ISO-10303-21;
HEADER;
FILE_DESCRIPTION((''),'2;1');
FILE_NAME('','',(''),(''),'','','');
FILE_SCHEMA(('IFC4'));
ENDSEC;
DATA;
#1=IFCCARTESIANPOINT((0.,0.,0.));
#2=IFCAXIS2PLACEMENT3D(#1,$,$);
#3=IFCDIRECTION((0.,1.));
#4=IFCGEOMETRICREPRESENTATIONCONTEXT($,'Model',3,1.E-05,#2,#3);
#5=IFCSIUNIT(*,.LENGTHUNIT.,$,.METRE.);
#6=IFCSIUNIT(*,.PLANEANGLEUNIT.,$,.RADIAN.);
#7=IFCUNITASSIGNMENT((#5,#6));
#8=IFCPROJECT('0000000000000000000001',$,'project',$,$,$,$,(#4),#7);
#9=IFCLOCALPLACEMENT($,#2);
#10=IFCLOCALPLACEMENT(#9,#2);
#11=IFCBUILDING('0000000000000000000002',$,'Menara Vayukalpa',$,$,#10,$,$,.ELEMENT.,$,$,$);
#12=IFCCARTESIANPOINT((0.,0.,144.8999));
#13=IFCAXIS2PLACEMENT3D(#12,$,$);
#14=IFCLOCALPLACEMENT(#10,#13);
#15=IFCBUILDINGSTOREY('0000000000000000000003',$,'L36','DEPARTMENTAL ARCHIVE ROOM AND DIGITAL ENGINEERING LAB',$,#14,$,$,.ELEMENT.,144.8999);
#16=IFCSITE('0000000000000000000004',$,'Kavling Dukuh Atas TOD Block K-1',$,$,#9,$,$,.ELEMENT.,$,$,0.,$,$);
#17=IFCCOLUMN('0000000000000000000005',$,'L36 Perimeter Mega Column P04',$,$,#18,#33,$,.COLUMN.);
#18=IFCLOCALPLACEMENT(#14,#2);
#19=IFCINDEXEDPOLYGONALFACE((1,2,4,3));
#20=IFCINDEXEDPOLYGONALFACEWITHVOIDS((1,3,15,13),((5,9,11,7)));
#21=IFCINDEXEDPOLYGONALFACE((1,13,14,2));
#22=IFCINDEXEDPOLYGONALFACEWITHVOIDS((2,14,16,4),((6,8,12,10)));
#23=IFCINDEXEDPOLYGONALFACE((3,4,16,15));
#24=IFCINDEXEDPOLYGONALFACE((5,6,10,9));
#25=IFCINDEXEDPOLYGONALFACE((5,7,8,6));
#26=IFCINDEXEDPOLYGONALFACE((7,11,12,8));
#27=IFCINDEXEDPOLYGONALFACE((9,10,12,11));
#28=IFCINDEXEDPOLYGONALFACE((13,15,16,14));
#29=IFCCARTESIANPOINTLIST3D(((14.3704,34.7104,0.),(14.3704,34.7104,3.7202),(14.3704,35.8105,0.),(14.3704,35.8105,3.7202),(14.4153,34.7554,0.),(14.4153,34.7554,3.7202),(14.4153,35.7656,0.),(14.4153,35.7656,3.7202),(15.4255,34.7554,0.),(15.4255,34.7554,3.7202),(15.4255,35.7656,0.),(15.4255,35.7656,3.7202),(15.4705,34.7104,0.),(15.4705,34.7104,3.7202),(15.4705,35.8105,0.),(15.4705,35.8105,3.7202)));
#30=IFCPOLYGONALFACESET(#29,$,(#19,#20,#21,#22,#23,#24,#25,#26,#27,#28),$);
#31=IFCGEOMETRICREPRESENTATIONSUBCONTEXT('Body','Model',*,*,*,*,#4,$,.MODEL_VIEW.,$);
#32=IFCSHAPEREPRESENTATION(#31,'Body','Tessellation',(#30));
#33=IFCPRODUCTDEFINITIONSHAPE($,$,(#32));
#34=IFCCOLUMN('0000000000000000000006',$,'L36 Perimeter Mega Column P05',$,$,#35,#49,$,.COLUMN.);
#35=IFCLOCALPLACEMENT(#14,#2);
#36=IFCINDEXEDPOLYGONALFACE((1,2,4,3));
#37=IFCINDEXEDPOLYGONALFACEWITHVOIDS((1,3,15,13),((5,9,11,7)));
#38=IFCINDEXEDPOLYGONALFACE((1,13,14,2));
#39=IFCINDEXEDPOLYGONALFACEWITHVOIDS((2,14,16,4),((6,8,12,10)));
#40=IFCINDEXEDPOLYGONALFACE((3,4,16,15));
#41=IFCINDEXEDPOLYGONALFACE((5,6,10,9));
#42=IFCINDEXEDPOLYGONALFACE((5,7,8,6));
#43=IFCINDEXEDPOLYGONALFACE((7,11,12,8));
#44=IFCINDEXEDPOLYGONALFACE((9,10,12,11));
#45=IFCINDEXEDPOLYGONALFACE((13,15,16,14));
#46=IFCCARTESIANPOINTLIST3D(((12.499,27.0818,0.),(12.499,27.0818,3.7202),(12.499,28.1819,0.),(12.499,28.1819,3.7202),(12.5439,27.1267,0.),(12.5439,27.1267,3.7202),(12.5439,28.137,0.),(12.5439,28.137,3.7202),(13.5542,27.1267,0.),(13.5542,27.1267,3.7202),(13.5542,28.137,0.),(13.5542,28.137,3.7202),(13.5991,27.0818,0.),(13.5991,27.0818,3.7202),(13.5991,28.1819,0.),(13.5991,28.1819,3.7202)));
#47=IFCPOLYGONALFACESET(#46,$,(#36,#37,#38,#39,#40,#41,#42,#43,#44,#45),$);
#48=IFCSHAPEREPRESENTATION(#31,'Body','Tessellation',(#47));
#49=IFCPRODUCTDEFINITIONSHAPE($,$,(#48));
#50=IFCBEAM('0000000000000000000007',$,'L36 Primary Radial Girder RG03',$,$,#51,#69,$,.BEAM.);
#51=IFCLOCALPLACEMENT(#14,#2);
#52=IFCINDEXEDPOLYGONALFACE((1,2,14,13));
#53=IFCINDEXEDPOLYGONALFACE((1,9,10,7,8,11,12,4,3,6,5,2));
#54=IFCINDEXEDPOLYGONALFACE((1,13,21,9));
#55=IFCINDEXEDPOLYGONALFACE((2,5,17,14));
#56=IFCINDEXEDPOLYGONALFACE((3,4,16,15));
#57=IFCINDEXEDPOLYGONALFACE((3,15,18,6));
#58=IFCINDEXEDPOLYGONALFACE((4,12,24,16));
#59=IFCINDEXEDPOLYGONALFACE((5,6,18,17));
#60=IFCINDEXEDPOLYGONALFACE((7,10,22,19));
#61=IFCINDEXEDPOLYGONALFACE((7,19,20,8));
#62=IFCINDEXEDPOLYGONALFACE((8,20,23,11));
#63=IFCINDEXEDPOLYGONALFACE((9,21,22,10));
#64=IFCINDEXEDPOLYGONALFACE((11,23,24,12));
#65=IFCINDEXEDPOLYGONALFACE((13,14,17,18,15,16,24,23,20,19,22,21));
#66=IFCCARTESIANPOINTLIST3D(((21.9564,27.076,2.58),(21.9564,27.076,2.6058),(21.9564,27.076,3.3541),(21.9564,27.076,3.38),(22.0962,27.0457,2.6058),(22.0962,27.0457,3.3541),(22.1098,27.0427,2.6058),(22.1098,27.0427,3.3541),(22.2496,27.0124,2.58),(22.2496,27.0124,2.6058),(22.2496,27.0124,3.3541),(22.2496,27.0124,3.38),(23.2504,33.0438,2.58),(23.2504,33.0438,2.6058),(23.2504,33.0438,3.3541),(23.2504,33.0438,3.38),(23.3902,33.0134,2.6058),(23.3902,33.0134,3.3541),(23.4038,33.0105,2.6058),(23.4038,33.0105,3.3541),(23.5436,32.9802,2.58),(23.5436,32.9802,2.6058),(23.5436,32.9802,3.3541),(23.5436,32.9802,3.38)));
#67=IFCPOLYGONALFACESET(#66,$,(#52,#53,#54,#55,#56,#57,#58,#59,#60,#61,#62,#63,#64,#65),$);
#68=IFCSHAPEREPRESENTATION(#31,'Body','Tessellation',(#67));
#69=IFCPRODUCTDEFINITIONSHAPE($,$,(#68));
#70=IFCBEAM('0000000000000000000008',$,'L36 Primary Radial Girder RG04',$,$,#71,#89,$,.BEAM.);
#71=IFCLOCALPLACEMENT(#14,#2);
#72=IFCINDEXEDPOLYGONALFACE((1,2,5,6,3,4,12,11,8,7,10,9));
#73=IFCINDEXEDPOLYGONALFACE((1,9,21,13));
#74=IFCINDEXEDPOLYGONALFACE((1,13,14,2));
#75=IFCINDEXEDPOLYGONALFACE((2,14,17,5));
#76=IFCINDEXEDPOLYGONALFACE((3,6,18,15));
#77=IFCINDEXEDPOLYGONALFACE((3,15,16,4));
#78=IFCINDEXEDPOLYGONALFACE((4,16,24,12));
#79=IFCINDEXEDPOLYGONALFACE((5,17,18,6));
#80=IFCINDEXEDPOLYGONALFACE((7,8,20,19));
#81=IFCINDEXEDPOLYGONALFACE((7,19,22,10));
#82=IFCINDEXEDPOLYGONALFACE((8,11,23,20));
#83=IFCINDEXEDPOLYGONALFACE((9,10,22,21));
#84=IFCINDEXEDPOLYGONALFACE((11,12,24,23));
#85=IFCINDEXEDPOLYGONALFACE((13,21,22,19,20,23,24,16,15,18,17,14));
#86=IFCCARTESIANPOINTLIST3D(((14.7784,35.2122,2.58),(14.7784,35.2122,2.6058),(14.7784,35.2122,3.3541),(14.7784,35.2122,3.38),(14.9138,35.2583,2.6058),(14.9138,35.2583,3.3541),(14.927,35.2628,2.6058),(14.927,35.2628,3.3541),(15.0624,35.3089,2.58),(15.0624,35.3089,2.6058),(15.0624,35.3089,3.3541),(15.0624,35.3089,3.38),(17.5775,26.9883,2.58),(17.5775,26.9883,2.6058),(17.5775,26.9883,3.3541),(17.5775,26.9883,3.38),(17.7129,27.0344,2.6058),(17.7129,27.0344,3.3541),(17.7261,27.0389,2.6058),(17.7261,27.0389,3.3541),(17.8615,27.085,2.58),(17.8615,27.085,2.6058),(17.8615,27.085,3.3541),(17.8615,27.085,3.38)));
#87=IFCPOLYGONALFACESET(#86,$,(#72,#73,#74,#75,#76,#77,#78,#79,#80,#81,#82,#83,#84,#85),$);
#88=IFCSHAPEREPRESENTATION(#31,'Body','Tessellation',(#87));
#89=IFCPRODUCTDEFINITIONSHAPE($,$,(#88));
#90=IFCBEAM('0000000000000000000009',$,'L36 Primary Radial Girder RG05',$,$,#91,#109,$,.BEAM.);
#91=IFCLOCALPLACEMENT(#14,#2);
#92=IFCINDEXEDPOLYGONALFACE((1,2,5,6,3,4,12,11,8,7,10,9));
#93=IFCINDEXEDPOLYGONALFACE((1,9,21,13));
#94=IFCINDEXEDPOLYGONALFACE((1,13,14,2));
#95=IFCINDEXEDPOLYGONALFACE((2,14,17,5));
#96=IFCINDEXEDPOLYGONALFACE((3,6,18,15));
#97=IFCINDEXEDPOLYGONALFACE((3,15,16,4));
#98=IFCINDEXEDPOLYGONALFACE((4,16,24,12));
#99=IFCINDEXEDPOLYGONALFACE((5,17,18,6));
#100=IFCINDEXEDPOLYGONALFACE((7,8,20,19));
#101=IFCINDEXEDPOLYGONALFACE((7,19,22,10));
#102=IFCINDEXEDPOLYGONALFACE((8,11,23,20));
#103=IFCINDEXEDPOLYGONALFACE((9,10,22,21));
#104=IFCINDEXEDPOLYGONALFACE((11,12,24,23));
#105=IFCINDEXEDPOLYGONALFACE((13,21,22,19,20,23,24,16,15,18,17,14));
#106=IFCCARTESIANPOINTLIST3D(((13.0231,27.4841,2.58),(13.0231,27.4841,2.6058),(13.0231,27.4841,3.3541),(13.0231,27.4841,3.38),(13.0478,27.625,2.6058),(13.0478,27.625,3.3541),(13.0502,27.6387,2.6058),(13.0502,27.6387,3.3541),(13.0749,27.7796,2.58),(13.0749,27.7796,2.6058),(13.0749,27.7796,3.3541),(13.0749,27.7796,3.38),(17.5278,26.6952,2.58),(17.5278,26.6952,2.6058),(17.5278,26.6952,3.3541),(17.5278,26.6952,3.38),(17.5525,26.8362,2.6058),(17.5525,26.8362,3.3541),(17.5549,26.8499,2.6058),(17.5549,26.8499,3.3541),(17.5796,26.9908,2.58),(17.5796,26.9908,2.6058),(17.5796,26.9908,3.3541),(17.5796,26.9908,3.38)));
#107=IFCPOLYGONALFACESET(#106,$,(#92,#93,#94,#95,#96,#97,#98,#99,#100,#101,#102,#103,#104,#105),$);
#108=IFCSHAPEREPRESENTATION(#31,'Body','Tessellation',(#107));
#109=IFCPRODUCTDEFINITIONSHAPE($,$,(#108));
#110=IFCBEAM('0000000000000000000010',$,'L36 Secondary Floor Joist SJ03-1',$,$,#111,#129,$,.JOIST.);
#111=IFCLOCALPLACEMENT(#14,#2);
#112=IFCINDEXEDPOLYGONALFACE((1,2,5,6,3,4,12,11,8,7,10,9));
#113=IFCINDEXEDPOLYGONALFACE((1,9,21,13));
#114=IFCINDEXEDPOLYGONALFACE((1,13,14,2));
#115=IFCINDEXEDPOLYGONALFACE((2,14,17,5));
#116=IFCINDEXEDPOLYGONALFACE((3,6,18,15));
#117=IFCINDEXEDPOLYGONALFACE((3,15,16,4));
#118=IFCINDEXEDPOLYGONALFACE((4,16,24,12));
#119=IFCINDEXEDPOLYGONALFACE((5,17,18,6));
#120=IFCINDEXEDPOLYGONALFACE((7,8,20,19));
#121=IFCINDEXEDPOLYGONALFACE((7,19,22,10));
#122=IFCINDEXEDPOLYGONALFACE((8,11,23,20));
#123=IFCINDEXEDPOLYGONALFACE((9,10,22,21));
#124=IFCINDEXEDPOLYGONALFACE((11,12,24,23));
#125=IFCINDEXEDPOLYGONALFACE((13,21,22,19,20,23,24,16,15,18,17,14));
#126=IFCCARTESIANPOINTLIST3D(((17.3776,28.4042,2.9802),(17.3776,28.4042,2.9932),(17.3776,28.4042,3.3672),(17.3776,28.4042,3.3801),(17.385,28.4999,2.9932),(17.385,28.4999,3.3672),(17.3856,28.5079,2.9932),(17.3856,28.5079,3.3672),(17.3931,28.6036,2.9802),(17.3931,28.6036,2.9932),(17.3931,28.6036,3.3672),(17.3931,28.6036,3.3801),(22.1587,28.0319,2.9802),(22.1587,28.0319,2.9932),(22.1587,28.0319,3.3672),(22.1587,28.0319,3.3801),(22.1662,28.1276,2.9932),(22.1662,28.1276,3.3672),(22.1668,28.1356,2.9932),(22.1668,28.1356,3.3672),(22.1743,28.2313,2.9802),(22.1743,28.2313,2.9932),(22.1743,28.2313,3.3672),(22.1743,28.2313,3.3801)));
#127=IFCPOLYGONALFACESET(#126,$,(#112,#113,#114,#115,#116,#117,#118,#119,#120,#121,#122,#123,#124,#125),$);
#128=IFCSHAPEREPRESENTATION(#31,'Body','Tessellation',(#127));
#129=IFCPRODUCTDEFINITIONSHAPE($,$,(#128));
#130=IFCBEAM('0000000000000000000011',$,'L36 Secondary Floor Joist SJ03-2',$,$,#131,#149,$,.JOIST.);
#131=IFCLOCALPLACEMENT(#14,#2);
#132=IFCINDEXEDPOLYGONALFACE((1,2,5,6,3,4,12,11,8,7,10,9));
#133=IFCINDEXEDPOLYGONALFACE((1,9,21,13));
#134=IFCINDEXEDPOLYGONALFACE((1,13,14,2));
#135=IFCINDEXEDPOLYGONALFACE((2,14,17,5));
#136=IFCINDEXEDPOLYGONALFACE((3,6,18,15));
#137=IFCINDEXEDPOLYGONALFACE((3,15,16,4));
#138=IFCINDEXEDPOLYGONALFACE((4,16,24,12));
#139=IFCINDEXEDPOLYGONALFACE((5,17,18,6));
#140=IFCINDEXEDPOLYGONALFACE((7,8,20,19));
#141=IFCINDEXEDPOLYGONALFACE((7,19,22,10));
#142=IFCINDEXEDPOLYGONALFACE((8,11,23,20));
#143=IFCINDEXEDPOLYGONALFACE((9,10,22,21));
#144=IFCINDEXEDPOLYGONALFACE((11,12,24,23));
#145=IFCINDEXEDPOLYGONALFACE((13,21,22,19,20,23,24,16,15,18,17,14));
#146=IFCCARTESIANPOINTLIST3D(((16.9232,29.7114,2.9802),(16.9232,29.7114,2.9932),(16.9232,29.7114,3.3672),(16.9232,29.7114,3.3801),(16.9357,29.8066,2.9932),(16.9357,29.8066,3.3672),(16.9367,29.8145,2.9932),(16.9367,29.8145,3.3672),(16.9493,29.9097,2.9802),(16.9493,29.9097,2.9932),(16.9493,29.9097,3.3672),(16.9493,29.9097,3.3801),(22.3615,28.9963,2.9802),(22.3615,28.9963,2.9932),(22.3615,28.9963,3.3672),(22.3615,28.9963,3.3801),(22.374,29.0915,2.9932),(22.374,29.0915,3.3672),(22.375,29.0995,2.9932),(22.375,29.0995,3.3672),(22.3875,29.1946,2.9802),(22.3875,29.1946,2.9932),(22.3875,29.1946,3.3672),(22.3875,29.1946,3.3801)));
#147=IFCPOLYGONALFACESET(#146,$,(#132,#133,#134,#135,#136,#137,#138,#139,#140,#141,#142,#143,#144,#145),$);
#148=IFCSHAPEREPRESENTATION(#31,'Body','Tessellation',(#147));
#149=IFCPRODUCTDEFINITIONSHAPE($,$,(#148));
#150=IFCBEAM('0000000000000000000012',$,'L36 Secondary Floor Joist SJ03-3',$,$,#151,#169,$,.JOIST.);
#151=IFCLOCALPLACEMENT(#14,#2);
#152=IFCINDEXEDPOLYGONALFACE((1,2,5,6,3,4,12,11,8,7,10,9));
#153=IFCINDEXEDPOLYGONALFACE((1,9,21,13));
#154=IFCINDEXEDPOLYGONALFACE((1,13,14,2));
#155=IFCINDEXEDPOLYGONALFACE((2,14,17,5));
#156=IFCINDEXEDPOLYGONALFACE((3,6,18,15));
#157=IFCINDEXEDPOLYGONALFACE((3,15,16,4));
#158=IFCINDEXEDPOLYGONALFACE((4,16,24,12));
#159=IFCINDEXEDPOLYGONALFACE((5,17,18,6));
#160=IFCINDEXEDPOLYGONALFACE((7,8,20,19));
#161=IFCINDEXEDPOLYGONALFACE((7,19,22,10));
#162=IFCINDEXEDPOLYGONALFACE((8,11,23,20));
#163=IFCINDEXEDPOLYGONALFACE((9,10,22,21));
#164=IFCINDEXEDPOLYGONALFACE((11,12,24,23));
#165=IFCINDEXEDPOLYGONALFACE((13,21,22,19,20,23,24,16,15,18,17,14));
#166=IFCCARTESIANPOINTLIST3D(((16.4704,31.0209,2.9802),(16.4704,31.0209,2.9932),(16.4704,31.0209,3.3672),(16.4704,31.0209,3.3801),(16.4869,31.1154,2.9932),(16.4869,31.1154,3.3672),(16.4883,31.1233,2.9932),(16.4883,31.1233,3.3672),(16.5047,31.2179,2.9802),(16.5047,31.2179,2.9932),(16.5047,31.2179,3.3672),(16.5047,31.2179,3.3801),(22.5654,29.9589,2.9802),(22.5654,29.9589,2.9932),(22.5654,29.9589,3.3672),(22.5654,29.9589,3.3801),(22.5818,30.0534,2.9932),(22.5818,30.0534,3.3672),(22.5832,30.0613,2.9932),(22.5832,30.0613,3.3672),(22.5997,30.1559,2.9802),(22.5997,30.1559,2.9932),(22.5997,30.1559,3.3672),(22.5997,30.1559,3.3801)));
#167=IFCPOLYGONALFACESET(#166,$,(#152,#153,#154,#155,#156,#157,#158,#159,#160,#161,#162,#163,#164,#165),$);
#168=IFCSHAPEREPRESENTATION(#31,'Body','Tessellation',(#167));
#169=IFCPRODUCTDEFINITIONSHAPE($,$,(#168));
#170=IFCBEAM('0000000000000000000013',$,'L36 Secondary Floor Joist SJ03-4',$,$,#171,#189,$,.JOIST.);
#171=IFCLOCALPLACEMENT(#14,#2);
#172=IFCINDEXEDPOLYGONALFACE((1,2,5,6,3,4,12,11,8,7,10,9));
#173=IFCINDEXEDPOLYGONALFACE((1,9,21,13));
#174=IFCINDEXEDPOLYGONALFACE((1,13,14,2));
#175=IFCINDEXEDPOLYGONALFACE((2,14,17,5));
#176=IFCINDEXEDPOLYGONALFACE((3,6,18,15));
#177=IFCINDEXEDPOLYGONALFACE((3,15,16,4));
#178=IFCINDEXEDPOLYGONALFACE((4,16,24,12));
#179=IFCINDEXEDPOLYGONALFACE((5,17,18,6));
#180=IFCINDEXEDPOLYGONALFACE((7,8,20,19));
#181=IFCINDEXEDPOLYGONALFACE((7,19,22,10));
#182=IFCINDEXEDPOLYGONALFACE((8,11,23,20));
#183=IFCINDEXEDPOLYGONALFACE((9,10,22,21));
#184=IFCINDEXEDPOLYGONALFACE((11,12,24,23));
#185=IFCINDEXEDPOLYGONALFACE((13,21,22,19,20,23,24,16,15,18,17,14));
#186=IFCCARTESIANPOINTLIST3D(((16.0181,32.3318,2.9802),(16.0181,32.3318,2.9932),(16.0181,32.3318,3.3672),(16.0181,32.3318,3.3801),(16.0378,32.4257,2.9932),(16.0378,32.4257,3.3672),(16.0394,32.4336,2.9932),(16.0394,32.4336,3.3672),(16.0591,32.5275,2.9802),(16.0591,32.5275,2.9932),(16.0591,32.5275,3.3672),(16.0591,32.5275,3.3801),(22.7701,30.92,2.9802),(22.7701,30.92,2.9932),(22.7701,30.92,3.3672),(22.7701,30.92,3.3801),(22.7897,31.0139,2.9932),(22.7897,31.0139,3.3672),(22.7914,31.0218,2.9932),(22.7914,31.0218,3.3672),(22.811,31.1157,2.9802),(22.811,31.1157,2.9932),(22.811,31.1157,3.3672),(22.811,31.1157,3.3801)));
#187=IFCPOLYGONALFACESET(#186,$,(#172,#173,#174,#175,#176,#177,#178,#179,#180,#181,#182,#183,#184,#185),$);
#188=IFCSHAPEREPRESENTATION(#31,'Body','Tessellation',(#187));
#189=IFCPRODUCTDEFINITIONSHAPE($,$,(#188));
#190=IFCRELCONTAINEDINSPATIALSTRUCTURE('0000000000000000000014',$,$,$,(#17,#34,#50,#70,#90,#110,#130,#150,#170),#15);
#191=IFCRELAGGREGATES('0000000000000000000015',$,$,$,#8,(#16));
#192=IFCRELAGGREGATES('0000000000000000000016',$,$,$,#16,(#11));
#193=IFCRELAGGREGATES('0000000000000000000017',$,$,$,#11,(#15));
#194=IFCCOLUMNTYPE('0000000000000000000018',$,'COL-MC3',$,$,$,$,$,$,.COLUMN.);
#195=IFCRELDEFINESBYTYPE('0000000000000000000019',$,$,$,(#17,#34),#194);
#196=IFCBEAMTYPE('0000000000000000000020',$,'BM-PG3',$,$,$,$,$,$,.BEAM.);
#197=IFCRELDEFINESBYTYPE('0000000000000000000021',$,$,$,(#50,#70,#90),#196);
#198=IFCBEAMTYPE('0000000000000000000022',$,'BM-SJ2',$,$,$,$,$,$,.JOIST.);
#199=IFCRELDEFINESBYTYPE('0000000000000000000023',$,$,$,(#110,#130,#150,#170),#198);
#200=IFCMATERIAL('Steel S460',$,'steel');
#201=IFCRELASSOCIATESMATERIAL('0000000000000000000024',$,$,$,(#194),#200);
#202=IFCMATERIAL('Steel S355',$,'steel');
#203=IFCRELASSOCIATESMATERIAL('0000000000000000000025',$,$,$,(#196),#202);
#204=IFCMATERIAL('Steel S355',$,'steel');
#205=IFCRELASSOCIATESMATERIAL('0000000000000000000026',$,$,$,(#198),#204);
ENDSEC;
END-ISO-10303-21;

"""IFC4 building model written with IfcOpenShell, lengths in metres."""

from ifc_helpers import new_model, si_unit, direction, frame, origin, origin_2d, place, context, subcontext, project, spatial, hollow_rectangle, i_section, extrude, material, material_profile, profile_set, type_object, element, save


model = new_model("IFC4")

# Units and contexts
model_context = context("Model", 3, precision=1e-05, world=origin(), true_north=direction((0.0, 1.0)))
body_context = subcontext(model_context, "Body", "Model", "MODEL_VIEW")
ifc_project = project(units=[si_unit("LENGTHUNIT", "METRE"), si_unit("PLANEANGLEUNIT", "RADIAN")], contexts=[model_context])

# Site, building, storey
site_placement = place(None, origin())
site = spatial("IfcSite", under=ifc_project, at=site_placement, Name="Kavling Dukuh Atas TOD Block K-1", CompositionType="ELEMENT", RefElevation=0.0)
building_placement = place(site_placement, origin())
building = spatial("IfcBuilding", under=site, at=building_placement, Name="Menara Vayukalpa", CompositionType="ELEMENT")
storey_placement = place(building_placement, frame((0.0, 0.0, 144.8999)))
storey = spatial("IfcBuildingStorey", under=building, at=storey_placement, Name="L36", Description="DEPARTMENTAL ARCHIVE ROOM AND DIGITAL ENGINEERING LAB", CompositionType="ELEMENT", Elevation=144.8999)

# Columns
ifc_material_1 = material(Name="Steel S460", Category="steel")
ifc_material_profile_1 = material_profile(ifc_material_1, hollow_rectangle(XDim=1.1001, YDim=1.1001, WallThickness=0.0449, at=origin_2d()), Name="BOX 1100x1100x45")
ifc_profile_set_1 = profile_set([ifc_material_profile_1], Name="Steel S460")
column_type = type_object("IfcColumnType", Name="COL-MC3", PredefinedType="COLUMN", material=ifc_profile_set_1)
for number, where, z_axis, x_axis, name in (
    (1, (14.9204, 35.2605, 0.0), (0.0, 0.0, 1.0), (1.0, 0.0, 0.0), "L36 Perimeter Mega Column P04"),
    (2, (13.0491, 27.6318, 0.0), (0.0, 0.0, 1.0), (1.0, 0.0, 0.0), "L36 Perimeter Mega Column P05"),
):
    element("IfcColumn", number, at=place(storey_placement, frame(where, z_axis=z_axis, x_axis=x_axis)), inside=storey, type_object=column_type, Name=name, PredefinedType="COLUMN", context=body_context, shape_type="SweptSolid", body=[
        extrude(hollow_rectangle(XDim=1.1001, YDim=1.1001, WallThickness=0.0449, at=origin_2d()), origin(), (0.0, 0.0, 1.0), 3.7202),
    ])

# Beams
ifc_material_2 = material(Name="Steel S355", Category="steel")
ifc_material_profile_2 = material_profile(ifc_material_2, i_section(OverallWidth=0.3, OverallDepth=0.8, WebThickness=0.0139, FlangeThickness=0.0259, at=origin_2d()), Name="WF 800x300x14x26")
ifc_profile_set_2 = profile_set([ifc_material_profile_2], Name="Steel S355")
beam_type_1 = type_object("IfcBeamType", Name="BM-PG3", PredefinedType="BEAM", material=ifc_profile_set_2)
beam_1_placement = place(storey_placement, frame((22.103, 27.0442, 2.98), z_axis=(0.211898, 0.977292, 0.0), x_axis=(-0.977292, 0.211898, 0.0)))
element("IfcBeam", 3, at=beam_1_placement, inside=storey, type_object=beam_type_1, Name="L36 Primary Radial Girder RG03", PredefinedType="BEAM", context=body_context, shape_type="SweptSolid", body=[
    extrude(i_section(OverallWidth=0.3, OverallDepth=0.8, WebThickness=0.0139, FlangeThickness=0.0259, at=origin_2d()), origin(), (0.0, 0.0, 1.0), 6.1064),
])
beam_2_placement = place(storey_placement, frame((17.7195, 27.0366, 2.98), z_axis=(-0.322208, 0.946669, 0.0), x_axis=(-0.946669, -0.322208, 0.0)))
element("IfcBeam", 4, at=beam_2_placement, inside=storey, type_object=beam_type_1, Name="L36 Primary Radial Girder RG04", PredefinedType="BEAM", context=body_context, shape_type="SweptSolid", body=[
    extrude(i_section(OverallWidth=0.3, OverallDepth=0.8, WebThickness=0.0139, FlangeThickness=0.0259, at=origin_2d()), origin(), (0.0, 0.0, 1.0), 8.6873),
])
beam_3_placement = place(storey_placement, frame((17.5537, 26.843, 2.98), z_axis=(-0.985012, 0.172488, 0.0), x_axis=(-0.172488, -0.985012, 0.0)))
element("IfcBeam", 5, at=beam_3_placement, inside=storey, type_object=beam_type_1, Name="L36 Primary Radial Girder RG05", PredefinedType="BEAM", context=body_context, shape_type="SweptSolid", body=[
    extrude(i_section(OverallWidth=0.3, OverallDepth=0.8, WebThickness=0.0139, FlangeThickness=0.0259, at=origin_2d()), origin(), (0.0, 0.0, 1.0), 4.5732),
])
ifc_material_3 = material(Name="Steel S355", Category="steel")
ifc_material_profile_3 = material_profile(ifc_material_3, i_section(OverallWidth=0.2, OverallDepth=0.3999, WebThickness=0.0081, FlangeThickness=0.0129, at=origin_2d()), Name="WF 400x200x8x13")
ifc_profile_set_3 = profile_set([ifc_material_profile_3], Name="Steel S355")
beam_type_2 = type_object("IfcBeamType", Name="BM-SJ2", PredefinedType="JOIST", material=ifc_profile_set_3)
beam_4_placement = place(storey_placement, frame((22.1665, 28.1316, 3.1802), z_axis=(-0.996982, 0.077635, 0.0), x_axis=(-0.077635, -0.996982, 0.0)))
element("IfcBeam", 6, at=beam_4_placement, inside=storey, type_object=beam_type_2, Name="L36 Secondary Floor Joist SJ03-1", PredefinedType="JOIST", context=body_context, shape_type="SweptSolid", body=[
    extrude(i_section(OverallWidth=0.2, OverallDepth=0.3999, WebThickness=0.0081, FlangeThickness=0.0129, at=origin_2d()), origin(), (0.0, 0.0, 1.0), 4.7957),
])
beam_5_placement = place(storey_placement, frame((22.3745, 29.0955, 3.1802), z_axis=(-0.991465, 0.13037, 0.0), x_axis=(-0.13037, -0.991465, 0.0)))
element("IfcBeam", 7, at=beam_5_placement, inside=storey, type_object=beam_type_2, Name="L36 Secondary Floor Joist SJ03-2", PredefinedType="JOIST", context=body_context, shape_type="SweptSolid", body=[
    extrude(i_section(OverallWidth=0.2, OverallDepth=0.3999, WebThickness=0.0081, FlangeThickness=0.0129, at=origin_2d()), origin(), (0.0, 0.0, 1.0), 5.4851),
])
beam_6_placement = place(storey_placement, frame((22.5825, 30.0574, 3.1802), z_axis=(-0.985157, 0.171658, 0.0), x_axis=(-0.171658, -0.985157, 0.0)))
element("IfcBeam", 8, at=beam_6_placement, inside=storey, type_object=beam_type_2, Name="L36 Secondary Floor Joist SJ03-3", PredefinedType="JOIST", context=body_context, shape_type="SweptSolid", body=[
    extrude(i_section(OverallWidth=0.2, OverallDepth=0.3999, WebThickness=0.0081, FlangeThickness=0.0129, at=origin_2d()), origin(), (0.0, 0.0, 1.0), 6.1868),
])
beam_7_placement = place(storey_placement, frame((22.7905, 31.0178, 3.1802), z_axis=(-0.978829, 0.204678, 0.0), x_axis=(-0.204678, -0.978829, 0.0)))
element("IfcBeam", 9, at=beam_7_placement, inside=storey, type_object=beam_type_2, Name="L36 Secondary Floor Joist SJ03-4", PredefinedType="JOIST", context=body_context, shape_type="SweptSolid", body=[
    extrude(i_section(OverallWidth=0.2, OverallDepth=0.3999, WebThickness=0.0081, FlangeThickness=0.0129, at=origin_2d()), origin(), (0.0, 0.0, 1.0), 6.8979),
])

save(model, "model.ifc")
